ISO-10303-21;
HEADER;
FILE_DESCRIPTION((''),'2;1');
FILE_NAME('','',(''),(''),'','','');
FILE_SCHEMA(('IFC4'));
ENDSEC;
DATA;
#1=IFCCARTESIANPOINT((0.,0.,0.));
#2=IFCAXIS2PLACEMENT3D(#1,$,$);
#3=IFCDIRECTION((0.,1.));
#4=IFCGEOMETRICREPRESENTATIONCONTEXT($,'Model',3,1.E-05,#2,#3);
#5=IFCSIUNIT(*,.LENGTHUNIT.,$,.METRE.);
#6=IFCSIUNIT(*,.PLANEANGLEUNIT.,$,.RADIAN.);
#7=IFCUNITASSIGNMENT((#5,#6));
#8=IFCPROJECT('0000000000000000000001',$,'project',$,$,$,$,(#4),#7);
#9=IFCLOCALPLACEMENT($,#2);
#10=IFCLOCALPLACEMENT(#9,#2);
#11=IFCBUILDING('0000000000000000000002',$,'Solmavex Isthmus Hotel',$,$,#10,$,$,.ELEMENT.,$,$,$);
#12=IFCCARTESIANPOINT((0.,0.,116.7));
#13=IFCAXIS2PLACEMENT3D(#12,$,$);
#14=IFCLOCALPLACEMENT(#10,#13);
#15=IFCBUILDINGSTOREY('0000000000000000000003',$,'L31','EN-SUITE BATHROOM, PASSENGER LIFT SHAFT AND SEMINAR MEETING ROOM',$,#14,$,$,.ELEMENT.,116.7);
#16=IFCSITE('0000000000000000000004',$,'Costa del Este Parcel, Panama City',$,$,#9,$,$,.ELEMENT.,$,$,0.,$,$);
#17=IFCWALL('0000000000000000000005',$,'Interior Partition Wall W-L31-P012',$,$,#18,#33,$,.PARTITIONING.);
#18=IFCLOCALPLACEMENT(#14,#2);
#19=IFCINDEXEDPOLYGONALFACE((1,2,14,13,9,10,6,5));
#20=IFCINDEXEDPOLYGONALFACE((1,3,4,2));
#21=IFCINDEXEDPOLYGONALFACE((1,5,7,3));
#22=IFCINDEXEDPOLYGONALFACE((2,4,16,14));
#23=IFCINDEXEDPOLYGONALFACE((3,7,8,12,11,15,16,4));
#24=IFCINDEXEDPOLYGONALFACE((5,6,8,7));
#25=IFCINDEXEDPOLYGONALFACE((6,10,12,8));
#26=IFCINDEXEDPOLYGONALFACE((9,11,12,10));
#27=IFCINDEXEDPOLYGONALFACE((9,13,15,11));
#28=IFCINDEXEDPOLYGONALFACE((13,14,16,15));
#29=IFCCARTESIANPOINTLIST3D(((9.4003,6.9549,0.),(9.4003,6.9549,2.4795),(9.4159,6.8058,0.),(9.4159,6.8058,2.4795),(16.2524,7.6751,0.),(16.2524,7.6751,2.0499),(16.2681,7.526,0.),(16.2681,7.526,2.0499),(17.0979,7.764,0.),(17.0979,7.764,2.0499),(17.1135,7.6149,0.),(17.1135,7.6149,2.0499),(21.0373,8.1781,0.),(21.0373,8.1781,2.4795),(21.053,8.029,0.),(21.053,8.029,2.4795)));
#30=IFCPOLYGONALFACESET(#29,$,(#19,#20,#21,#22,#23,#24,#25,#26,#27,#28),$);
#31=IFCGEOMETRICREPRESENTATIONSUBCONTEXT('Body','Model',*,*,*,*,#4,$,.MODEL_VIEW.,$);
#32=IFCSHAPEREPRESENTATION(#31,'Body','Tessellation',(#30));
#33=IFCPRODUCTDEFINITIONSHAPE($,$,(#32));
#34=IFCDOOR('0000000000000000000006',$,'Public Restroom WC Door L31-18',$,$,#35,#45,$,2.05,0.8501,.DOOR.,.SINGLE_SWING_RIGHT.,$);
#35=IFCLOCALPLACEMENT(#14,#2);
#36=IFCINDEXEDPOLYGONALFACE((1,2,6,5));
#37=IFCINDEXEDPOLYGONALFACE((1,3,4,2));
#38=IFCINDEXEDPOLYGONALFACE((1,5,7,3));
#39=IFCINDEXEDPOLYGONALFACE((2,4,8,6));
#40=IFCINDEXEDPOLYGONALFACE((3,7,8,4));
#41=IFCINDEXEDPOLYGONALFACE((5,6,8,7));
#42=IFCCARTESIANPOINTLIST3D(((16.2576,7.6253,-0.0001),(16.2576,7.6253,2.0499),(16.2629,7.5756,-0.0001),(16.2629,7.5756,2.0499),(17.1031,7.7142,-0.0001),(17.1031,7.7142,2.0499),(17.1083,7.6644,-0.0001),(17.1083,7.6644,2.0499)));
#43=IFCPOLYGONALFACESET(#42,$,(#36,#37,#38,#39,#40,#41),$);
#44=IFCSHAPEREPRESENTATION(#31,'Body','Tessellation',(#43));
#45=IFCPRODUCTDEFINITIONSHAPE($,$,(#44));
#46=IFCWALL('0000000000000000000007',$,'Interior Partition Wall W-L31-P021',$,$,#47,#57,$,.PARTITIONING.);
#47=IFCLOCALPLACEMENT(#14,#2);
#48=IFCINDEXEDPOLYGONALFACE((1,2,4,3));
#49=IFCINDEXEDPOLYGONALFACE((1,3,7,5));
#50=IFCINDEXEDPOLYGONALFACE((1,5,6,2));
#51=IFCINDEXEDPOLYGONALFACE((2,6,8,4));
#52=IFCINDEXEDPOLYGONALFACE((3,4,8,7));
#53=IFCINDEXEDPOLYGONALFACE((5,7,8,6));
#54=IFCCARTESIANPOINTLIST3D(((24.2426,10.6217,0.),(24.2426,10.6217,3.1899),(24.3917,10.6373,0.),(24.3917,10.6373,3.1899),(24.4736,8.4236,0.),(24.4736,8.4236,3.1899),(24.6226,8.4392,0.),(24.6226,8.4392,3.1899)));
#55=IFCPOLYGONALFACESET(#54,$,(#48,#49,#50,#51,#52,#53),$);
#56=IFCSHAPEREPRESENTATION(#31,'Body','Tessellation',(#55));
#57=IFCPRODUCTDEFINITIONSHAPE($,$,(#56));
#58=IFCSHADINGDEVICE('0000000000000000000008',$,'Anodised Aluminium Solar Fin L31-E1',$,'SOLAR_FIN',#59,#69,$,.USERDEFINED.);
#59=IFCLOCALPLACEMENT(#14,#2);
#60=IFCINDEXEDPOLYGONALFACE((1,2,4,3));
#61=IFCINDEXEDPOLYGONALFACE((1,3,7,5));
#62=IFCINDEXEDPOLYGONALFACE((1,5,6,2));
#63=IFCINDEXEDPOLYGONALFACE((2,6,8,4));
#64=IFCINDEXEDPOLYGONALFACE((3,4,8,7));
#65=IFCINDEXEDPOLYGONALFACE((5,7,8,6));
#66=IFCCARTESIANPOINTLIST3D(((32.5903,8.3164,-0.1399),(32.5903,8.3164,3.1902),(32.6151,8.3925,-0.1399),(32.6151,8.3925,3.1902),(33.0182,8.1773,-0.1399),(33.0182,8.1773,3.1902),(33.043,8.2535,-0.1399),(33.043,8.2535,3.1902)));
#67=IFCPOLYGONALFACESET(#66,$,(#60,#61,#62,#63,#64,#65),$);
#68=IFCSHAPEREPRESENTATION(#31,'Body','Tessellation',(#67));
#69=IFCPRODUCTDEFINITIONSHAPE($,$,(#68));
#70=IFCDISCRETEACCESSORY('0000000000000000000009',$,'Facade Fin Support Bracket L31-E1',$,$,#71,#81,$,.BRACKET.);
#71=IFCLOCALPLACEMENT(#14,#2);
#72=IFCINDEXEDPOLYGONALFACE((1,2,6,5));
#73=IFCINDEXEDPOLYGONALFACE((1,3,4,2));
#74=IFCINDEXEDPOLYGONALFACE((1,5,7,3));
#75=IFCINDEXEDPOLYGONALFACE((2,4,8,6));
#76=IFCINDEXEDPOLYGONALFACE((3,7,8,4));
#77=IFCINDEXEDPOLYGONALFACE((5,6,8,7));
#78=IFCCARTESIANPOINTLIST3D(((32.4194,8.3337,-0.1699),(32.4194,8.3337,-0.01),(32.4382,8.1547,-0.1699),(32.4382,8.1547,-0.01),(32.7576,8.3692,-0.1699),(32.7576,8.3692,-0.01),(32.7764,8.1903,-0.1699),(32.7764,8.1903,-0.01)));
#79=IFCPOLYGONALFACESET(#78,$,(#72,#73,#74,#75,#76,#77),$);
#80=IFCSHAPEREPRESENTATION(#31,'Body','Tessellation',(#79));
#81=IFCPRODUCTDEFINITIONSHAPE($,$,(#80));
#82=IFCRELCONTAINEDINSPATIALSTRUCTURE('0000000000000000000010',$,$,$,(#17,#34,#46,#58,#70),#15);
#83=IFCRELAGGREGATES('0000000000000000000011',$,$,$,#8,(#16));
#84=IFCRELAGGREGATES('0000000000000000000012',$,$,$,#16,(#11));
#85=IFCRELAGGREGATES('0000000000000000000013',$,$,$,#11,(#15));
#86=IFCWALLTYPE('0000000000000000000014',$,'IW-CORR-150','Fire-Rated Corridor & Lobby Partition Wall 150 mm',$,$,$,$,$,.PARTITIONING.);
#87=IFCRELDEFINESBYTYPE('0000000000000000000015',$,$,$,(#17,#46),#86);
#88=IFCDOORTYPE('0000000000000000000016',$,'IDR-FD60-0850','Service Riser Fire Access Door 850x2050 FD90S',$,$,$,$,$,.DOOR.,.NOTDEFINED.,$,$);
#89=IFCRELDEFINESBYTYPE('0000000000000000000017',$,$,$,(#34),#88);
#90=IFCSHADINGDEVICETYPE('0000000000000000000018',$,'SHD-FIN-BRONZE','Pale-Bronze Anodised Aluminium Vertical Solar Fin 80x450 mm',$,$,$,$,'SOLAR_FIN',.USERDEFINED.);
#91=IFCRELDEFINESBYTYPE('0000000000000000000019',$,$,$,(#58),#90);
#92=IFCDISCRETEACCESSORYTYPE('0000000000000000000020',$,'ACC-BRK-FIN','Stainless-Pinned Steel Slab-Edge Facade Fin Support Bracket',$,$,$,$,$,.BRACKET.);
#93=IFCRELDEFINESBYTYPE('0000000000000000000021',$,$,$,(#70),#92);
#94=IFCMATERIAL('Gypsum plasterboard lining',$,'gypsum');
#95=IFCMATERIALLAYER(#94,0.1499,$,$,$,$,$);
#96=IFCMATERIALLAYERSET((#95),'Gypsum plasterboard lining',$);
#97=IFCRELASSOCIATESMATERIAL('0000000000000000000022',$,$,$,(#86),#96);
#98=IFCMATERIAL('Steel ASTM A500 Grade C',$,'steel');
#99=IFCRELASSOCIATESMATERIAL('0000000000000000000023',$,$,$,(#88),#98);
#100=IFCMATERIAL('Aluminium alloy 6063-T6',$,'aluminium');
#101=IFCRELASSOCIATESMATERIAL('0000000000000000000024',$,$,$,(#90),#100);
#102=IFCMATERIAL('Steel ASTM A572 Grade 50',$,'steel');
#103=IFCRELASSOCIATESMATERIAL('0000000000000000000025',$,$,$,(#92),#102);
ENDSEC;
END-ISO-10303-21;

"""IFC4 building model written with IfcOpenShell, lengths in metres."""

from ifc_helpers import new_model, si_unit, direction, frame, frame_2d, origin, origin_2d, place, context, subcontext, project, spatial, rectangle, extrude, material, layer, layer_set, type_object, element, fill, save


model = new_model("IFC4")

# Units and contexts
model_context = context("Model", 3, precision=1e-05, world=origin(), true_north=direction((0.0, 1.0)))
body_context = subcontext(model_context, "Body", "Model", "MODEL_VIEW")
ifc_project = project(units=[si_unit("LENGTHUNIT", "METRE"), si_unit("PLANEANGLEUNIT", "RADIAN")], contexts=[model_context])

# Site, building, storey
site_placement = place(None, origin())
site = spatial("IfcSite", under=ifc_project, at=site_placement, Name="Costa del Este Parcel, Panama City", CompositionType="ELEMENT", RefElevation=0.0)
building_placement = place(site_placement, origin())
building = spatial("IfcBuilding", under=site, at=building_placement, Name="Solmavex Isthmus Hotel", CompositionType="ELEMENT")
storey_placement = place(building_placement, frame((0.0, 0.0, 116.7)))
storey = spatial("IfcBuildingStorey", under=building, at=storey_placement, Name="L31", Description="EN-SUITE BATHROOM, PASSENGER LIFT SHAFT AND SEMINAR MEETING ROOM", CompositionType="ELEMENT", Elevation=116.7)

# Shared definitions
ifc_material_1 = material(Name="Aluminium alloy 6063-T6", Category="aluminium")

# Shared definitions
ifc_material_2 = material(Name="Gypsum plasterboard lining", Category="gypsum")

# Wall, opening, door
ifc_layer_1 = layer(ifc_material_2, 0.1499)
ifc_layer_set_1 = layer_set([ifc_layer_1], Name="Gypsum plasterboard lining")
wall_type_1 = type_object("IfcWallType", Name="IW-CORR-150", Description="Fire-Rated Corridor & Lobby Partition Wall 150 mm", PredefinedType="PARTITIONING", material=ifc_layer_set_1)
wall_1_placement = place(storey_placement, frame((21.0452, 8.1035, 0.0), z_axis=(0.0, 0.0, 1.0), x_axis=(-0.994521, -0.104533, 0.0)))
wall_1 = element("IfcWall", 1, at=wall_1_placement, inside=storey, type_object=wall_type_1, Name="Interior Partition Wall W-L31-P012", PredefinedType="PARTITIONING", context=body_context, shape_type="SweptSolid", body=[
    extrude(rectangle(XDim=11.7012, YDim=0.1499, at=frame_2d((5.8506, 0.0))), origin(), (0.0, 0.0, 1.0), 2.4795),
])
opening_1_placement = place(wall_1_placement, frame((3.9612, 0.0, 0.0)))
opening_1 = element("IfcOpeningElement", 2, at=opening_1_placement, cuts=wall_1, PredefinedType="OPENING", context=body_context, shape_type="SweptSolid", body=[
    extrude(rectangle(XDim=0.8501, YDim=2.05, at=frame_2d((0.425, 1.0249))), frame((0.0, 0.085, 0.0), z_axis=(0.0, -1.0, 0.0), x_axis=(1.0, 0.0, 0.0)), (0.0, 0.0, 1.0), 0.1699),
])
ifc_material_3 = material(Name="Steel ASTM A500 Grade C", Category="steel")
door_type_1 = type_object("IfcDoorType", Name="IDR-FD60-0850", Description="Service Riser Fire Access Door 850x2050 FD90S", OperationType="NOTDEFINED", PredefinedType="DOOR", material=ifc_material_3)
door_1_placement = place(opening_1_placement, frame((0.8501, 0.0, 0.0), z_axis=(0.0, 0.0, 1.0), x_axis=(-1.0, 0.0, 0.0)))
door_1 = element("IfcDoor", 3, at=door_1_placement, inside=storey, type_object=door_type_1, Name="Public Restroom WC Door L31-18", OperationType="SINGLE_SWING_RIGHT", OverallHeight=2.05, OverallWidth=0.8501, PredefinedType="DOOR", context=body_context, shape_type="SweptSolid", body=[
    extrude(rectangle(XDim=0.8501, YDim=2.05, at=frame_2d((0.425, 1.0249))), frame((0.0, 0.0249, 0.0), z_axis=(0.0, -1.0, 0.0), x_axis=(1.0, 0.0, 0.0)), (0.0, 0.0, 1.0), 0.05),
])
fill(opening_1, door_1)

# Wall
wall_2_placement = place(storey_placement, frame((24.3171, 10.6294, 0.0), z_axis=(0.0, 0.0, 1.0), x_axis=(0.104501, -0.994525, 0.0)))
element("IfcWall", 4, at=wall_2_placement, inside=storey, type_object=wall_type_1, Name="Interior Partition Wall W-L31-P021", PredefinedType="PARTITIONING", context=body_context, shape_type="SweptSolid", body=[
    extrude(rectangle(XDim=2.2102, YDim=0.1499, at=frame_2d((1.105, 0.0))), origin(), (0.0, 0.0, 1.0), 3.1899),
])

# Shading device
shading_device_type = type_object("IfcShadingDeviceType", Name="SHD-FIN-BRONZE", Description="Pale-Bronze Anodised Aluminium Vertical Solar Fin 80x450 mm", ElementType="SOLAR_FIN", PredefinedType="USERDEFINED", material=ifc_material_1)
shading_device_placement = place(storey_placement, frame((32.8167, 8.2849, -0.1399), z_axis=(0.0, 0.0, 1.0), x_axis=(0.951057, -0.309017, 0.0)))
element("IfcShadingDevice", 5, at=shading_device_placement, inside=storey, type_object=shading_device_type, Name="Anodised Aluminium Solar Fin L31-E1", ObjectType="SOLAR_FIN", PredefinedType="USERDEFINED", context=body_context, shape_type="SweptSolid", body=[
    extrude(rectangle(XDim=0.45, YDim=0.0801, at=origin_2d()), origin(), (0.0, 0.0, 1.0), 3.3301),
])

# Discrete accessory
ifc_material_4 = material(Name="Steel ASTM A572 Grade 50", Category="steel")
discrete_accessory_type = type_object("IfcDiscreteAccessoryType", Name="ACC-BRK-FIN", Description="Stainless-Pinned Steel Slab-Edge Facade Fin Support Bracket", PredefinedType="BRACKET", material=ifc_material_4)
discrete_accessory_placement = place(storey_placement, frame((32.5979, 8.262, -0.1699), z_axis=(0.0, 0.0, 1.0), x_axis=(0.994522, 0.104528, 0.0)))
element("IfcDiscreteAccessory", 6, at=discrete_accessory_placement, inside=storey, type_object=discrete_accessory_type, Name="Facade Fin Support Bracket L31-E1", PredefinedType="BRACKET", context=body_context, shape_type="SweptSolid", body=[
    extrude(rectangle(XDim=0.3401, YDim=0.1799, at=origin_2d()), origin(), (0.0, 0.0, 1.0), 0.1599),
])

save(model, "model.ifc")
